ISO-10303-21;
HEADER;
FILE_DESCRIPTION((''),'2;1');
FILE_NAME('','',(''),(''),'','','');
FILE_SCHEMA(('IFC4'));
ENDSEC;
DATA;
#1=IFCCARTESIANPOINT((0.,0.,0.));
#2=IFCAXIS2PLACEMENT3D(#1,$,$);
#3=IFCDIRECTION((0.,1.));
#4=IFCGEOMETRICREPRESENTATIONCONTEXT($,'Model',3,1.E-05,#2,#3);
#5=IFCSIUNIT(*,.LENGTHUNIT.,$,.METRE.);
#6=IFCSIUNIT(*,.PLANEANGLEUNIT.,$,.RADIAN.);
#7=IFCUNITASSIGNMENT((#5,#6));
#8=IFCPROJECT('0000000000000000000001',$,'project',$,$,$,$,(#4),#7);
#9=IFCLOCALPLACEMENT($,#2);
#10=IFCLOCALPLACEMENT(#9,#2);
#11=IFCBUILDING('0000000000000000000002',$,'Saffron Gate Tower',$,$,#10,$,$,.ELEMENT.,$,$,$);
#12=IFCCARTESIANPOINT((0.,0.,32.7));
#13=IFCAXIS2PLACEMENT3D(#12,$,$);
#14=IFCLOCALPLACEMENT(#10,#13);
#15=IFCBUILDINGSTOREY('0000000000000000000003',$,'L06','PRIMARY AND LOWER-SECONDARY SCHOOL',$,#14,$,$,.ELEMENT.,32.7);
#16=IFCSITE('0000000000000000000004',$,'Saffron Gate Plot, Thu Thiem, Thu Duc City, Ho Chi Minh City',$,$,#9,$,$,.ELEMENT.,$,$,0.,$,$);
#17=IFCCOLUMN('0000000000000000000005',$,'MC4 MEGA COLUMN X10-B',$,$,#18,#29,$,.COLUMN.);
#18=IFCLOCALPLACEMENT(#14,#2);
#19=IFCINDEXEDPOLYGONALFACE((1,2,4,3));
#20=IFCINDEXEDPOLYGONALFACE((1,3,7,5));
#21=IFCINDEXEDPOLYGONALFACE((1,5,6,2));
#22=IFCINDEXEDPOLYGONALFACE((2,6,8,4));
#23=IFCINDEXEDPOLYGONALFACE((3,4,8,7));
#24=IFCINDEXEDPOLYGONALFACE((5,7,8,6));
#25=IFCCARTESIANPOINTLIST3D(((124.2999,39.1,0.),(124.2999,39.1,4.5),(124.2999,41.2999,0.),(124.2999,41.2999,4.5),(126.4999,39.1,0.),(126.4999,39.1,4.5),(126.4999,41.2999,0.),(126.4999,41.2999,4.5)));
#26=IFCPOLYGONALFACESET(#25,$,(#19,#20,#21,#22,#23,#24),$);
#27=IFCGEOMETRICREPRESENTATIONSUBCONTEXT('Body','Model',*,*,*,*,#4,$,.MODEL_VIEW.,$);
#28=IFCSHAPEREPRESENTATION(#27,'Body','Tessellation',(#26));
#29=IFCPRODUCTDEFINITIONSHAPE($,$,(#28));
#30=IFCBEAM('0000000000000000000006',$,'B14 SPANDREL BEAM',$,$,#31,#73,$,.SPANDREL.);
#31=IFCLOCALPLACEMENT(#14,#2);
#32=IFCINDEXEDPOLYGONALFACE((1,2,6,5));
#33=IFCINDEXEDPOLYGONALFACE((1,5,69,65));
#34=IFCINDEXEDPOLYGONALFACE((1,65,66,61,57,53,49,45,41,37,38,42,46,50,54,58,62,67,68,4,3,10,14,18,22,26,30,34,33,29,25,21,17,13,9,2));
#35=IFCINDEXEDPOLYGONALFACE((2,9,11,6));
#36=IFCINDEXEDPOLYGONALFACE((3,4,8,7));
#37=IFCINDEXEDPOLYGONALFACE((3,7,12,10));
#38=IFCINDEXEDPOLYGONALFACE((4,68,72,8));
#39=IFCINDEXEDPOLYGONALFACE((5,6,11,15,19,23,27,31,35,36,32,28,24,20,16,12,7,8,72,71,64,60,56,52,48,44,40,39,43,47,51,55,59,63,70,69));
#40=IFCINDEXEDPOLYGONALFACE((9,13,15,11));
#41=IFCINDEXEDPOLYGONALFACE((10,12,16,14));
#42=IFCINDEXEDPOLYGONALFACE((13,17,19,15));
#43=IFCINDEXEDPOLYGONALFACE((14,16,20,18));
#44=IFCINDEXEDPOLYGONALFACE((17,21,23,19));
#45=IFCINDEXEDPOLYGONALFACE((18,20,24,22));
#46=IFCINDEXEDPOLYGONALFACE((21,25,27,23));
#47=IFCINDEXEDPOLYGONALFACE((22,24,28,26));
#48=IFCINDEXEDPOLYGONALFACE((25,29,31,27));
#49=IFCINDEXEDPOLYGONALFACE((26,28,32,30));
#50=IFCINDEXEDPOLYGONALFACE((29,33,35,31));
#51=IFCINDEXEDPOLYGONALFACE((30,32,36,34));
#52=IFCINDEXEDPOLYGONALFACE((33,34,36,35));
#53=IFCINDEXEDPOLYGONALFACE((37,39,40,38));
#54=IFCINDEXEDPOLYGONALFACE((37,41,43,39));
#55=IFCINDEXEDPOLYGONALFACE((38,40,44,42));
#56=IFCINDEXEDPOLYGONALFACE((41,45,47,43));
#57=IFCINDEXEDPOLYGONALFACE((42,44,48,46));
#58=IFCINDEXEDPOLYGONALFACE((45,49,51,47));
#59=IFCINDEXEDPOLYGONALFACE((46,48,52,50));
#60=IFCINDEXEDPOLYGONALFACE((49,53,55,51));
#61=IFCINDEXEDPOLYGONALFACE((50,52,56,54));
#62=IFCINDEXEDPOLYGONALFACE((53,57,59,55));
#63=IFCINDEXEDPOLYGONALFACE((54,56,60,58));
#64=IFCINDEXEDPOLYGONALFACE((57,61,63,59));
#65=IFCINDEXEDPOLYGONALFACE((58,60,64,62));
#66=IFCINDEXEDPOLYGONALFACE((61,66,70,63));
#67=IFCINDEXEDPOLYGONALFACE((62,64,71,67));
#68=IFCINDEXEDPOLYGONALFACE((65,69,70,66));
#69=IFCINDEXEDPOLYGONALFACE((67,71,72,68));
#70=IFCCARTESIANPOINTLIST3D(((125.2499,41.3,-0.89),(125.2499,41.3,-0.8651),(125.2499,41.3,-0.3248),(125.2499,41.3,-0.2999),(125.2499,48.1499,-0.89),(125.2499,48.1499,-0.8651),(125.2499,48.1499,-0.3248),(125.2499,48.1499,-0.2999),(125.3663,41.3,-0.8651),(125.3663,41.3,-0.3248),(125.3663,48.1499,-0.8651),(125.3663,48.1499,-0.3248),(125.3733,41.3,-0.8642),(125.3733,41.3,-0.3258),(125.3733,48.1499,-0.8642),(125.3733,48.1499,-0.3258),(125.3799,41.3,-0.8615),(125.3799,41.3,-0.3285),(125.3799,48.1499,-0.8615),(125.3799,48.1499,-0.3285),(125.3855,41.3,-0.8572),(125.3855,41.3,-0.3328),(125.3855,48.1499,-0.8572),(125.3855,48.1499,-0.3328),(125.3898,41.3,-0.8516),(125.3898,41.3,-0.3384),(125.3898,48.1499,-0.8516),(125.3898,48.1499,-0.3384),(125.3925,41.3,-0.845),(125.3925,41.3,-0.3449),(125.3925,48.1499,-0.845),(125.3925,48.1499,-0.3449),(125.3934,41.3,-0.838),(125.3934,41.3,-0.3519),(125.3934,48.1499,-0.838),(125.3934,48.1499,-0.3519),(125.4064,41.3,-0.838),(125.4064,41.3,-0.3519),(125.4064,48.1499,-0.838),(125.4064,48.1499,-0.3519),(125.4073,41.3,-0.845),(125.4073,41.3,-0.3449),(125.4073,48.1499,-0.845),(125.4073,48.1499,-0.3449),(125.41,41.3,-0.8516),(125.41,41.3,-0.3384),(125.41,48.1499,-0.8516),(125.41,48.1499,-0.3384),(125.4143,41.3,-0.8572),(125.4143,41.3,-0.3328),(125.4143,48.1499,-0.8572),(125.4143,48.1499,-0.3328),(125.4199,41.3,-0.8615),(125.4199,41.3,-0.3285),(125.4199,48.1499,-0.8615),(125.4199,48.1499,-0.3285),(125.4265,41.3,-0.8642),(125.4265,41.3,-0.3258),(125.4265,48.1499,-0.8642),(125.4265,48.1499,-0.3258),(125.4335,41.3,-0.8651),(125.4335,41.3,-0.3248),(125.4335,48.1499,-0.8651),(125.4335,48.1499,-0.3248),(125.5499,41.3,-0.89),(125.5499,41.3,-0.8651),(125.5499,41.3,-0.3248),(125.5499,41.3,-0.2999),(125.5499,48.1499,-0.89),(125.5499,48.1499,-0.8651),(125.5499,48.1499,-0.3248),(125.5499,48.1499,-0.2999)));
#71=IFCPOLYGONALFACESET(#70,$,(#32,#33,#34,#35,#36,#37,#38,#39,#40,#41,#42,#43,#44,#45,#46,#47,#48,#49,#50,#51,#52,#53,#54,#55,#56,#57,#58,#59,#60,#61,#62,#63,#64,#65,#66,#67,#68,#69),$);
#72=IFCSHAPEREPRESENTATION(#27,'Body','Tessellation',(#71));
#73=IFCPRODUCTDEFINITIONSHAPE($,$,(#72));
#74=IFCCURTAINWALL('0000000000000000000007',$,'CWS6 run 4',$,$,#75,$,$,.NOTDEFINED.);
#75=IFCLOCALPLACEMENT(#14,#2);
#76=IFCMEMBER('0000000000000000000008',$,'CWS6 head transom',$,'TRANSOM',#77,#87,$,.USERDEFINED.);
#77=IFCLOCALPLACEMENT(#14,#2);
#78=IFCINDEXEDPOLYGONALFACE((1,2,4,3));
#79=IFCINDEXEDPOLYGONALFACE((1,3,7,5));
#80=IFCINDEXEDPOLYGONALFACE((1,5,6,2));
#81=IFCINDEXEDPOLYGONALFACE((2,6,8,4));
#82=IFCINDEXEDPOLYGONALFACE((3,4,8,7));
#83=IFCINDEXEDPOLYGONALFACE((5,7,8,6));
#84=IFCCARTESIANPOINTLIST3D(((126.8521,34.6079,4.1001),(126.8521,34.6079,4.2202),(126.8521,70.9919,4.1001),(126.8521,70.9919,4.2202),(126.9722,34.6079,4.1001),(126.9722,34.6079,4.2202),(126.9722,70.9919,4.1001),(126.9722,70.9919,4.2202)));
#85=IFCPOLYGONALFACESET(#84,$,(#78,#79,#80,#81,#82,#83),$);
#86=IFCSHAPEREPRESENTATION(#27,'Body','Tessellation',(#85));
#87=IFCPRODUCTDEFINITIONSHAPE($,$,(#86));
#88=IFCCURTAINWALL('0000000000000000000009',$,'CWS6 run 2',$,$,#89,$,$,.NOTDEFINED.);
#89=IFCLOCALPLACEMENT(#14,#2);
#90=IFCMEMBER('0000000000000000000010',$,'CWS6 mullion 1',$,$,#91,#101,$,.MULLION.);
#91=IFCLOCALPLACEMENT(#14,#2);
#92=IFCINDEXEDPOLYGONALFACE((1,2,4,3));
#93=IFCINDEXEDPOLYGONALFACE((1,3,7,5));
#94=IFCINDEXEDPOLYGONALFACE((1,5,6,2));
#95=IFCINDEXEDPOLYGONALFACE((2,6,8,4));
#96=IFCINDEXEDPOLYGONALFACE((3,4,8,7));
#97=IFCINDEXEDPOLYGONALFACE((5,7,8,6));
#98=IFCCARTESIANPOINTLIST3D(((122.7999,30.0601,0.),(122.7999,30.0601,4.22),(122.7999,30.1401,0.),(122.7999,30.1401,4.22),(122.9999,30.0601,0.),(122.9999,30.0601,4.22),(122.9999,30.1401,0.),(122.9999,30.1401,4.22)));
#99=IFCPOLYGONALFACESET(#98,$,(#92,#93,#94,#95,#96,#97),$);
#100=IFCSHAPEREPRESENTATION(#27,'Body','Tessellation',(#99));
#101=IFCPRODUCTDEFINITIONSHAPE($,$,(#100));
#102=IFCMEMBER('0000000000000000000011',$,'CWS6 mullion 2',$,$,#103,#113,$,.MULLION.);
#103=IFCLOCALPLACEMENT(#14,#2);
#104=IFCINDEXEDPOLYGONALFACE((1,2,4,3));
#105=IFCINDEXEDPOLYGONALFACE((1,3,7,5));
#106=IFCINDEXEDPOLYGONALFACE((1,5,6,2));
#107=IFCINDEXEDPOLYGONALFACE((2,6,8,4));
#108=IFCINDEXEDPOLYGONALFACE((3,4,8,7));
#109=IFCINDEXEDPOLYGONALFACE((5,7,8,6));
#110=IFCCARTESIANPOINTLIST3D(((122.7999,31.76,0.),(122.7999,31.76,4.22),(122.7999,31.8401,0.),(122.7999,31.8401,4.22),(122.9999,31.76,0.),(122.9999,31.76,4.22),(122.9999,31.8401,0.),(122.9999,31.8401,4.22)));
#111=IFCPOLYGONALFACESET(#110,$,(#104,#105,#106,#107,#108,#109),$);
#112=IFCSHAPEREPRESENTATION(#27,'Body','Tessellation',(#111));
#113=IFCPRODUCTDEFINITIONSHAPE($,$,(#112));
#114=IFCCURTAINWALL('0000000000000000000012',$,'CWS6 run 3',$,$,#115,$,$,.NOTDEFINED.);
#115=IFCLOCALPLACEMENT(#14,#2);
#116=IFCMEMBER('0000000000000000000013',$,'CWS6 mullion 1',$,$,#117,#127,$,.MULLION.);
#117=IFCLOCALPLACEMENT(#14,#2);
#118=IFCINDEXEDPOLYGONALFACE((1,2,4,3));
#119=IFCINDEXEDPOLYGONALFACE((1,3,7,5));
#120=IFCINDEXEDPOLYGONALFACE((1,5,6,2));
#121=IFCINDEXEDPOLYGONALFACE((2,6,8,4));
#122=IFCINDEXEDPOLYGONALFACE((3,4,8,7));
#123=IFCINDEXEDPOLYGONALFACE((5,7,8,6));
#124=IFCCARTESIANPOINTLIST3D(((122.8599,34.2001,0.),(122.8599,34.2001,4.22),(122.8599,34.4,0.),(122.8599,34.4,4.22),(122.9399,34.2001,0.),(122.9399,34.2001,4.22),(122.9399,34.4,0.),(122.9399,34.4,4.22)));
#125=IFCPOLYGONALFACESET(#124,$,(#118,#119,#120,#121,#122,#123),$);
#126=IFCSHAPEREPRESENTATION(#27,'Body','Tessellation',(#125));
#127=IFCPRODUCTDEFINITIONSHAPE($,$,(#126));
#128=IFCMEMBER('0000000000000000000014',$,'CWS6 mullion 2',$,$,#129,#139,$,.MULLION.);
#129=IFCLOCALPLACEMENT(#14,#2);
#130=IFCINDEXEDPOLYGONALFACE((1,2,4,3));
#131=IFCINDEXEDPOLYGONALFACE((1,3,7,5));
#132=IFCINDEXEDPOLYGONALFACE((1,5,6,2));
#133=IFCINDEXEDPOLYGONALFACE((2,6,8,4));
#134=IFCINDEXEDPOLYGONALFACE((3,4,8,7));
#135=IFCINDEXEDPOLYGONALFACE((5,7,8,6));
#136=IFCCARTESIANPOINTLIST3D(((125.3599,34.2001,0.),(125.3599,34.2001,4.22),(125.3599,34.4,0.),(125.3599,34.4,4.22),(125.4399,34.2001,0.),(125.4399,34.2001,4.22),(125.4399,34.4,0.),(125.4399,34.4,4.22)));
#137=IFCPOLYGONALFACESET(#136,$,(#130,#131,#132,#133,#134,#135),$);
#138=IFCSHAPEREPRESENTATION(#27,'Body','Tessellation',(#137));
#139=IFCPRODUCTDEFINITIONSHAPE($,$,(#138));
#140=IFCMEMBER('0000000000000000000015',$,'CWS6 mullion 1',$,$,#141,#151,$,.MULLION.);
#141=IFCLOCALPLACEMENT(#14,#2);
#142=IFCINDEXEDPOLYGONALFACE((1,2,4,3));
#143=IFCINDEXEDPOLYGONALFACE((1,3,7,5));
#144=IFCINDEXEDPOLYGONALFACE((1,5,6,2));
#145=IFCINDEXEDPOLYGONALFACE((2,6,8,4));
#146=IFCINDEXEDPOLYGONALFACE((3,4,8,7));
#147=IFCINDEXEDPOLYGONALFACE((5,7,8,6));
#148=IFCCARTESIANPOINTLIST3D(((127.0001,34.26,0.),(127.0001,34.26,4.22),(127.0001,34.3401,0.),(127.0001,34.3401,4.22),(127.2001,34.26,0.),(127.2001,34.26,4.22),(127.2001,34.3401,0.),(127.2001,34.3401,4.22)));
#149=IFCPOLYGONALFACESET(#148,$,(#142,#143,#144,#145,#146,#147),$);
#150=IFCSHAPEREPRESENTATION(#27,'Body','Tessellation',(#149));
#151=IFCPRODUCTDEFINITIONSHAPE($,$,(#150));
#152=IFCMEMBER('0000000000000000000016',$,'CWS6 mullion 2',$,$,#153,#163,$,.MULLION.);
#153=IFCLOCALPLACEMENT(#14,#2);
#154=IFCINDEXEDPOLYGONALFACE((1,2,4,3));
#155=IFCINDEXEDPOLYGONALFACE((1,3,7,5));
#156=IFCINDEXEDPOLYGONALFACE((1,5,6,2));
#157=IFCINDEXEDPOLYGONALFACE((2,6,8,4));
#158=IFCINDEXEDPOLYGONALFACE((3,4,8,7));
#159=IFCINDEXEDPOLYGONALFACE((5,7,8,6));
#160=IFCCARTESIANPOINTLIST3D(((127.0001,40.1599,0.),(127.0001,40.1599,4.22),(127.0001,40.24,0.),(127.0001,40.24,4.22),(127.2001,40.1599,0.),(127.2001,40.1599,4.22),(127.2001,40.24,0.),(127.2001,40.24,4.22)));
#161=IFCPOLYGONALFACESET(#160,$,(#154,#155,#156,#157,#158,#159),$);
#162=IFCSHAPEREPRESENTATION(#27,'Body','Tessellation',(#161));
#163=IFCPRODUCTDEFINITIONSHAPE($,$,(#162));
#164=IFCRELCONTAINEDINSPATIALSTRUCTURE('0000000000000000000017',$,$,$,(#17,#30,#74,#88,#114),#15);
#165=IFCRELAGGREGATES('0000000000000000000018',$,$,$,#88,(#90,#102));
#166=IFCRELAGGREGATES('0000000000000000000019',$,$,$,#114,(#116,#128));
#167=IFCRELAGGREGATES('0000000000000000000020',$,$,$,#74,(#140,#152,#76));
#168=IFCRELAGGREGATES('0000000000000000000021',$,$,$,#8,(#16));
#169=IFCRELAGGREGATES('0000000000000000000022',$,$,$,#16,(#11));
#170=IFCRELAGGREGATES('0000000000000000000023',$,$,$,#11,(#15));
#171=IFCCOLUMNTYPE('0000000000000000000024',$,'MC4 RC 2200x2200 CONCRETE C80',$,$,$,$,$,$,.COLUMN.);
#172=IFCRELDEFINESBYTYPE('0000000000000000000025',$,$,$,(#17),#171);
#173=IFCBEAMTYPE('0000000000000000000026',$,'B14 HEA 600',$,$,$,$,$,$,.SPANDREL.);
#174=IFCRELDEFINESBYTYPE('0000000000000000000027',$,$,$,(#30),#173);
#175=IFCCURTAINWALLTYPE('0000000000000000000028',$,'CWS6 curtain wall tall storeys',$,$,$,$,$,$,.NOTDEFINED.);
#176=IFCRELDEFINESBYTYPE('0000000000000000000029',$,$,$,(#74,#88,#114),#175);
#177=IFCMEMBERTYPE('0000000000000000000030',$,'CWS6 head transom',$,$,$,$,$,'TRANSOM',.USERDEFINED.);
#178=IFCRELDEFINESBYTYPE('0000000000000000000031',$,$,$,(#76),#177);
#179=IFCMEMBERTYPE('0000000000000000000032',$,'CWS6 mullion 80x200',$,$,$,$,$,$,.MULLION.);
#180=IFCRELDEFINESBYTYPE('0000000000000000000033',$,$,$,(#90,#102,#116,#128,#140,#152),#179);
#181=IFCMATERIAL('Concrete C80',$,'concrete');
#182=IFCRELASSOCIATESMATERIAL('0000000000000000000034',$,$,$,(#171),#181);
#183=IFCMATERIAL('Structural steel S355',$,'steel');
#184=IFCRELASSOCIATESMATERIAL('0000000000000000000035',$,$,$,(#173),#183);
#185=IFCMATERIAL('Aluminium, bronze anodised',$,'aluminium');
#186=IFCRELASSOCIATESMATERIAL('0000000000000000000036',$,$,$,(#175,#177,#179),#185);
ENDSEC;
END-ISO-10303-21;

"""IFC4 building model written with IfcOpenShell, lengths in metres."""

from ifc_helpers import new_model, si_unit, direction, frame, origin, origin_2d, place, context, subcontext, project, spatial, rectangle, i_section, extrude, material, material_profile, profile_set, type_object, element, aggregate, save


model = new_model("IFC4")

# Units and contexts
model_context = context("Model", 3, precision=1e-05, world=origin(), true_north=direction((0.0, 1.0)))
body_context = subcontext(model_context, "Body", "Model", "MODEL_VIEW")
ifc_project = project(units=[si_unit("LENGTHUNIT", "METRE"), si_unit("PLANEANGLEUNIT", "RADIAN")], contexts=[model_context])

# Site, building, storey
site_placement = place(None, origin())
site = spatial("IfcSite", under=ifc_project, at=site_placement, Name="Saffron Gate Plot, Thu Thiem, Thu Duc City, Ho Chi Minh City", CompositionType="ELEMENT", RefElevation=0.0)
building_placement = place(site_placement, origin())
building = spatial("IfcBuilding", under=site, at=building_placement, Name="Saffron Gate Tower", CompositionType="ELEMENT")
storey_placement = place(building_placement, frame((0.0, 0.0, 32.7)))
storey = spatial("IfcBuildingStorey", under=building, at=storey_placement, Name="L06", Description="PRIMARY AND LOWER-SECONDARY SCHOOL", CompositionType="ELEMENT", Elevation=32.7)

# Column
ifc_material_1 = material(Name="Concrete C80", Category="concrete")
ifc_material_profile_1 = material_profile(ifc_material_1, rectangle(XDim=2.2, YDim=2.2, at=origin_2d()))
ifc_profile_set_1 = profile_set([ifc_material_profile_1], Name="Concrete C80")
column_type = type_object("IfcColumnType", Name="MC4 RC 2200x2200 CONCRETE C80", PredefinedType="COLUMN", material=ifc_profile_set_1)
column_placement = place(storey_placement, frame((125.3999, 40.2, 0.0), z_axis=(0.0, 0.0, 1.0), x_axis=(1.0, 0.0, 0.0)))
element("IfcColumn", 1, at=column_placement, inside=storey, type_object=column_type, Name="MC4 MEGA COLUMN X10-B", PredefinedType="COLUMN", context=body_context, shape_type="SweptSolid", body=[
    extrude(rectangle(XDim=2.2, YDim=2.2, at=origin_2d()), origin(), (0.0, 0.0, 1.0), 4.5),
])

# Beam
ifc_material_2 = material(Name="Structural steel S355", Category="steel")
ifc_material_profile_2 = material_profile(ifc_material_2, i_section(OverallWidth=0.3, OverallDepth=0.5901, WebThickness=0.0129, FlangeThickness=0.0249, FilletRadius=0.0271, at=origin_2d()))
ifc_profile_set_2 = profile_set([ifc_material_profile_2], Name="Structural steel S355")
beam_type = type_object("IfcBeamType", Name="B14 HEA 600", PredefinedType="SPANDREL", material=ifc_profile_set_2)
beam_placement = place(storey_placement, frame((125.3999, 41.3, -0.595), z_axis=(0.0, 1.0, 0.0), x_axis=(-1.0, 0.0, 0.0)))
element("IfcBeam", 2, at=beam_placement, inside=storey, type_object=beam_type, Name="B14 SPANDREL BEAM", PredefinedType="SPANDREL", context=body_context, shape_type="SweptSolid", body=[
    extrude(i_section(OverallWidth=0.3, OverallDepth=0.5901, WebThickness=0.0129, FlangeThickness=0.0249, FilletRadius=0.0271, at=origin_2d()), origin(), (0.0, 0.0, 1.0), 6.8499),
])

# Curtain wall, member
ifc_material_3 = material(Name="Aluminium, bronze anodised", Category="aluminium")
curtain_wall_type = type_object("IfcCurtainWallType", Name="CWS6 curtain wall tall storeys", PredefinedType="NOTDEFINED", material=ifc_material_3)
curtain_wall_1_placement = place(storey_placement, origin())
curtain_wall_1 = element("IfcCurtainWall", 3, at=curtain_wall_1_placement, inside=storey, type_object=curtain_wall_type, Name="CWS6 run 4", PredefinedType="NOTDEFINED")
ifc_material_profile_3 = material_profile(ifc_material_3, rectangle(XDim=0.1201, YDim=0.1201, at=origin_2d()))
ifc_profile_set_3 = profile_set([ifc_material_profile_3], Name="Aluminium, bronze anodised")
member_type_1 = type_object("IfcMemberType", Name="CWS6 head transom", ElementType="TRANSOM", PredefinedType="USERDEFINED", material=ifc_profile_set_3)
member_1_placement = place(storey_placement, frame((126.9121, 34.6079, 4.1602), z_axis=(0.0, 1.0, 0.0), x_axis=(-1.0, 0.0, 0.0)))
member_1 = element("IfcMember", 4, at=member_1_placement, type_object=member_type_1, Name="CWS6 head transom", ObjectType="TRANSOM", PredefinedType="USERDEFINED", context=body_context, shape_type="SweptSolid", body=[
    extrude(rectangle(XDim=0.1201, YDim=0.1201, at=origin_2d()), origin(), (0.0, 0.0, 1.0), 36.384),
])

# Curtain walls, members
curtain_wall_2_placement = place(storey_placement, origin())
curtain_wall_2 = element("IfcCurtainWall", 5, at=curtain_wall_2_placement, inside=storey, type_object=curtain_wall_type, Name="CWS6 run 2", PredefinedType="NOTDEFINED")
ifc_material_profile_4 = material_profile(ifc_material_3, rectangle(XDim=0.2, YDim=0.0801, at=origin_2d()))
ifc_profile_set_4 = profile_set([ifc_material_profile_4], Name="Aluminium, bronze anodised")
member_type_2 = type_object("IfcMemberType", Name="CWS6 mullion 80x200", PredefinedType="MULLION", material=ifc_profile_set_4)
member_2_placement = place(storey_placement, frame((122.8999, 30.1001, 0.0), z_axis=(0.0, 0.0, 1.0), x_axis=(-1.0, 0.0, 0.0)))
member_2 = element("IfcMember", 6, at=member_2_placement, type_object=member_type_2, Name="CWS6 mullion 1", PredefinedType="MULLION", context=body_context, shape_type="SweptSolid", body=[
    extrude(rectangle(XDim=0.2, YDim=0.0801, at=origin_2d()), origin(), (0.0, 0.0, 1.0), 4.22),
])
member_3_placement = place(storey_placement, frame((122.8999, 31.8, 0.0), z_axis=(0.0, 0.0, 1.0), x_axis=(-1.0, 0.0, 0.0)))
member_3 = element("IfcMember", 7, at=member_3_placement, type_object=member_type_2, Name="CWS6 mullion 2", PredefinedType="MULLION", context=body_context, shape_type="SweptSolid", body=[
    extrude(rectangle(XDim=0.2, YDim=0.0801, at=origin_2d()), origin(), (0.0, 0.0, 1.0), 4.22),
])
aggregate(curtain_wall_2, [member_2, member_3])
curtain_wall_3_placement = place(storey_placement, origin())
curtain_wall_3 = element("IfcCurtainWall", 8, at=curtain_wall_3_placement, inside=storey, type_object=curtain_wall_type, Name="CWS6 run 3", PredefinedType="NOTDEFINED")
member_4_placement = place(storey_placement, frame((122.8999, 34.3, 0.0), z_axis=(0.0, 0.0, 1.0), x_axis=(0.0, 1.0, 0.0)))
member_4 = element("IfcMember", 9, at=member_4_placement, type_object=member_type_2, Name="CWS6 mullion 1", PredefinedType="MULLION", context=body_context, shape_type="SweptSolid", body=[
    extrude(rectangle(XDim=0.2, YDim=0.0801, at=origin_2d()), origin(), (0.0, 0.0, 1.0), 4.22),
])
member_5_placement = place(storey_placement, frame((125.3999, 34.3, 0.0), z_axis=(0.0, 0.0, 1.0), x_axis=(0.0, 1.0, 0.0)))
member_5 = element("IfcMember", 10, at=member_5_placement, type_object=member_type_2, Name="CWS6 mullion 2", PredefinedType="MULLION", context=body_context, shape_type="SweptSolid", body=[
    extrude(rectangle(XDim=0.2, YDim=0.0801, at=origin_2d()), origin(), (0.0, 0.0, 1.0), 4.22),
])
aggregate(curtain_wall_3, [member_4, member_5])

# Members
member_6_placement = place(storey_placement, frame((127.1001, 34.3, 0.0), z_axis=(0.0, 0.0, 1.0), x_axis=(-1.0, 0.0, 0.0)))
member_6 = element("IfcMember", 11, at=member_6_placement, type_object=member_type_2, Name="CWS6 mullion 1", PredefinedType="MULLION", context=body_context, shape_type="SweptSolid", body=[
    extrude(rectangle(XDim=0.2, YDim=0.0801, at=origin_2d()), origin(), (0.0, 0.0, 1.0), 4.22),
])
member_7_placement = place(storey_placement, frame((127.1001, 40.2, 0.0), z_axis=(0.0, 0.0, 1.0), x_axis=(-1.0, 0.0, 0.0)))
member_7 = element("IfcMember", 12, at=member_7_placement, type_object=member_type_2, Name="CWS6 mullion 2", PredefinedType="MULLION", context=body_context, shape_type="SweptSolid", body=[
    extrude(rectangle(XDim=0.2, YDim=0.0801, at=origin_2d()), origin(), (0.0, 0.0, 1.0), 4.22),
])

aggregate(curtain_wall_1, [member_6, member_7, member_1])

save(model, "model.ifc")
